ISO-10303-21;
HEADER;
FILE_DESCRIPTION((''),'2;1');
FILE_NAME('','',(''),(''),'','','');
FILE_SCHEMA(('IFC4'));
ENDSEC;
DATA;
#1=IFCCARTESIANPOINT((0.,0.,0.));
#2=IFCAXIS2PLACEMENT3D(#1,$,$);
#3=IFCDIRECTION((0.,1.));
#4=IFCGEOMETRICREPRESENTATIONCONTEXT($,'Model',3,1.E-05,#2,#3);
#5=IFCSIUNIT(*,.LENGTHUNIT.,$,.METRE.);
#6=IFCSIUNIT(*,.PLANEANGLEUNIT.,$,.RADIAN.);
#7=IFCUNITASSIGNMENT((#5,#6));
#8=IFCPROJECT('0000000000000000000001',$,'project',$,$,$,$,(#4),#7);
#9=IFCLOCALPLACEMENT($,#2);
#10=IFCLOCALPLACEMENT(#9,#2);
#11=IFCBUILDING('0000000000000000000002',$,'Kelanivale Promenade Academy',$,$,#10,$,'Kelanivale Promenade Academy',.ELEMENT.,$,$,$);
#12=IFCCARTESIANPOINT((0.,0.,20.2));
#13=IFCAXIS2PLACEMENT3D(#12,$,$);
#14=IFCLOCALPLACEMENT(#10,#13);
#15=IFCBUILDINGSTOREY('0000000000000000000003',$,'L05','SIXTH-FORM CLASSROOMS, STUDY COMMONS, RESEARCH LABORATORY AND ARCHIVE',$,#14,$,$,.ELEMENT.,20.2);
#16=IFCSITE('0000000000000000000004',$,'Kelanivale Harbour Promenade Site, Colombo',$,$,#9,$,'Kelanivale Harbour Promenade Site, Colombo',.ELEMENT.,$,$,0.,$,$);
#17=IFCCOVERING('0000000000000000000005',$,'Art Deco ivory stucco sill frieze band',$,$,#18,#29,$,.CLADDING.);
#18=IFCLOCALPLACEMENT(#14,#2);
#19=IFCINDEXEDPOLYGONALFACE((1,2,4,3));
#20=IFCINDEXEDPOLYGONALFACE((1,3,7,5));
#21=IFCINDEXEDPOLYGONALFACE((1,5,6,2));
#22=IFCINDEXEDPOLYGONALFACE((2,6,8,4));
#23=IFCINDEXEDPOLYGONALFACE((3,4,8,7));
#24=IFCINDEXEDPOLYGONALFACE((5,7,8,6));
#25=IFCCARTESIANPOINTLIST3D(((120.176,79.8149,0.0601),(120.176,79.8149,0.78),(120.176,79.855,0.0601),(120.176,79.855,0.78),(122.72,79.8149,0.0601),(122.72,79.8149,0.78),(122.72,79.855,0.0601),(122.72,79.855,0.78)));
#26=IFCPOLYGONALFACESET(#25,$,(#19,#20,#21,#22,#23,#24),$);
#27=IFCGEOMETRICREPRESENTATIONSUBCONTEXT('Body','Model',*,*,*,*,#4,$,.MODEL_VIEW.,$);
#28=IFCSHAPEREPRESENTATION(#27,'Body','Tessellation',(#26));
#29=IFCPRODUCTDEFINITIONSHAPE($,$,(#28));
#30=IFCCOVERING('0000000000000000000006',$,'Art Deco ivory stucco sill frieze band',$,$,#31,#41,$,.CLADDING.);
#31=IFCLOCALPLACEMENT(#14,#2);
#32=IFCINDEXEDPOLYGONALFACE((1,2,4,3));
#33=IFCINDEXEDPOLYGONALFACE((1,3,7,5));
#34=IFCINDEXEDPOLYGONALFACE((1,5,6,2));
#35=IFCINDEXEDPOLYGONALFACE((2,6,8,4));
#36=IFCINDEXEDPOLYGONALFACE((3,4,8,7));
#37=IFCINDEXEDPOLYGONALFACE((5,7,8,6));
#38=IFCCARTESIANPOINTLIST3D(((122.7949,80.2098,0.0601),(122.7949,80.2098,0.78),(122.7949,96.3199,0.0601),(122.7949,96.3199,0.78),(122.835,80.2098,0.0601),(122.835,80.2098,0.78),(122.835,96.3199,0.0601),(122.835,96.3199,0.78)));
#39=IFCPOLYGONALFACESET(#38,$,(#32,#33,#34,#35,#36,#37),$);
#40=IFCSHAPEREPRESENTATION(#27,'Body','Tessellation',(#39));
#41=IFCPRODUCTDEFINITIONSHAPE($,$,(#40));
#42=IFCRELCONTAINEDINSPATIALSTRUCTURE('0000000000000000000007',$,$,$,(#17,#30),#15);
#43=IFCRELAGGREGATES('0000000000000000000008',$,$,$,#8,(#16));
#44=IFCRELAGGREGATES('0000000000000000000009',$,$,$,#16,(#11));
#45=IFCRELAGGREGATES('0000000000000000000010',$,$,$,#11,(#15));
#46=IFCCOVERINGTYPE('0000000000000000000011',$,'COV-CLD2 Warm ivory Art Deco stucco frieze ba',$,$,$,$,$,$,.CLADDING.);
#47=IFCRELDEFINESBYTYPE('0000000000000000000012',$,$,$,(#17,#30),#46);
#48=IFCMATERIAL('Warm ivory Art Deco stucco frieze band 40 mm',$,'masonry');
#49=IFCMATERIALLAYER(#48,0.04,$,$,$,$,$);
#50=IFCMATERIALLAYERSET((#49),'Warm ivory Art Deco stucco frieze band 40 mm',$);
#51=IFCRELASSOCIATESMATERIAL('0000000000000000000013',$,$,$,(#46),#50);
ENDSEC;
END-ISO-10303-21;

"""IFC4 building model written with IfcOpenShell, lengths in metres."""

from ifc_helpers import new_model, si_unit, direction, frame, origin, origin_2d, place, context, subcontext, project, spatial, rectangle, extrude, material, layer, layer_set, type_object, element, save


model = new_model("IFC4")

# Units and contexts
model_context = context("Model", 3, precision=1e-05, world=origin(), true_north=direction((0.0, 1.0)))
body_context = subcontext(model_context, "Body", "Model", "MODEL_VIEW")
ifc_project = project(units=[si_unit("LENGTHUNIT", "METRE"), si_unit("PLANEANGLEUNIT", "RADIAN")], contexts=[model_context])

# Site, building, storey
site_placement = place(None, origin())
site = spatial("IfcSite", under=ifc_project, at=site_placement, Name="Kelanivale Harbour Promenade Site, Colombo", LongName="Kelanivale Harbour Promenade Site, Colombo", CompositionType="ELEMENT", RefElevation=0.0)
building_placement = place(site_placement, origin())
building = spatial("IfcBuilding", under=site, at=building_placement, Name="Kelanivale Promenade Academy", LongName="Kelanivale Promenade Academy", CompositionType="ELEMENT")
storey_placement = place(building_placement, frame((0.0, 0.0, 20.2)))
storey = spatial("IfcBuildingStorey", under=building, at=storey_placement, Name="L05", Description="SIXTH-FORM CLASSROOMS, STUDY COMMONS, RESEARCH LABORATORY AND ARCHIVE", CompositionType="ELEMENT", Elevation=20.2)

# Coverings
ifc_material_1 = material(Name="Warm ivory Art Deco stucco frieze band 40 mm", Category="masonry")
ifc_layer_1 = layer(ifc_material_1, 0.04)
ifc_layer_set_1 = layer_set([ifc_layer_1], Name="Warm ivory Art Deco stucco frieze band 40 mm")
covering_type = type_object("IfcCoveringType", Name="COV-CLD2 Warm ivory Art Deco stucco frieze ba", PredefinedType="CLADDING", material=ifc_layer_set_1)
covering_1_placement = place(storey_placement, frame((121.448, 79.835, 0.0601), z_axis=(0.0, 0.0, 1.0), x_axis=(1.0, 0.0, 0.0)))
element("IfcCovering", 1, at=covering_1_placement, inside=storey, type_object=covering_type, Name="Art Deco ivory stucco sill frieze band", PredefinedType="CLADDING", context=body_context, shape_type="SweptSolid", body=[
    extrude(rectangle(XDim=2.5439, YDim=0.04, at=origin_2d()), origin(), (0.0, 0.0, 1.0), 0.72),
])
covering_2_placement = place(storey_placement, frame((122.8149, 88.2649, 0.0601), z_axis=(0.0, 0.0, 1.0), x_axis=(0.0, 1.0, 0.0)))
element("IfcCovering", 2, at=covering_2_placement, inside=storey, type_object=covering_type, Name="Art Deco ivory stucco sill frieze band", PredefinedType="CLADDING", context=body_context, shape_type="SweptSolid", body=[
    extrude(rectangle(XDim=16.1101, YDim=0.04, at=origin_2d()), origin(), (0.0, 0.0, 1.0), 0.72),
])

save(model, "model.ifc")
